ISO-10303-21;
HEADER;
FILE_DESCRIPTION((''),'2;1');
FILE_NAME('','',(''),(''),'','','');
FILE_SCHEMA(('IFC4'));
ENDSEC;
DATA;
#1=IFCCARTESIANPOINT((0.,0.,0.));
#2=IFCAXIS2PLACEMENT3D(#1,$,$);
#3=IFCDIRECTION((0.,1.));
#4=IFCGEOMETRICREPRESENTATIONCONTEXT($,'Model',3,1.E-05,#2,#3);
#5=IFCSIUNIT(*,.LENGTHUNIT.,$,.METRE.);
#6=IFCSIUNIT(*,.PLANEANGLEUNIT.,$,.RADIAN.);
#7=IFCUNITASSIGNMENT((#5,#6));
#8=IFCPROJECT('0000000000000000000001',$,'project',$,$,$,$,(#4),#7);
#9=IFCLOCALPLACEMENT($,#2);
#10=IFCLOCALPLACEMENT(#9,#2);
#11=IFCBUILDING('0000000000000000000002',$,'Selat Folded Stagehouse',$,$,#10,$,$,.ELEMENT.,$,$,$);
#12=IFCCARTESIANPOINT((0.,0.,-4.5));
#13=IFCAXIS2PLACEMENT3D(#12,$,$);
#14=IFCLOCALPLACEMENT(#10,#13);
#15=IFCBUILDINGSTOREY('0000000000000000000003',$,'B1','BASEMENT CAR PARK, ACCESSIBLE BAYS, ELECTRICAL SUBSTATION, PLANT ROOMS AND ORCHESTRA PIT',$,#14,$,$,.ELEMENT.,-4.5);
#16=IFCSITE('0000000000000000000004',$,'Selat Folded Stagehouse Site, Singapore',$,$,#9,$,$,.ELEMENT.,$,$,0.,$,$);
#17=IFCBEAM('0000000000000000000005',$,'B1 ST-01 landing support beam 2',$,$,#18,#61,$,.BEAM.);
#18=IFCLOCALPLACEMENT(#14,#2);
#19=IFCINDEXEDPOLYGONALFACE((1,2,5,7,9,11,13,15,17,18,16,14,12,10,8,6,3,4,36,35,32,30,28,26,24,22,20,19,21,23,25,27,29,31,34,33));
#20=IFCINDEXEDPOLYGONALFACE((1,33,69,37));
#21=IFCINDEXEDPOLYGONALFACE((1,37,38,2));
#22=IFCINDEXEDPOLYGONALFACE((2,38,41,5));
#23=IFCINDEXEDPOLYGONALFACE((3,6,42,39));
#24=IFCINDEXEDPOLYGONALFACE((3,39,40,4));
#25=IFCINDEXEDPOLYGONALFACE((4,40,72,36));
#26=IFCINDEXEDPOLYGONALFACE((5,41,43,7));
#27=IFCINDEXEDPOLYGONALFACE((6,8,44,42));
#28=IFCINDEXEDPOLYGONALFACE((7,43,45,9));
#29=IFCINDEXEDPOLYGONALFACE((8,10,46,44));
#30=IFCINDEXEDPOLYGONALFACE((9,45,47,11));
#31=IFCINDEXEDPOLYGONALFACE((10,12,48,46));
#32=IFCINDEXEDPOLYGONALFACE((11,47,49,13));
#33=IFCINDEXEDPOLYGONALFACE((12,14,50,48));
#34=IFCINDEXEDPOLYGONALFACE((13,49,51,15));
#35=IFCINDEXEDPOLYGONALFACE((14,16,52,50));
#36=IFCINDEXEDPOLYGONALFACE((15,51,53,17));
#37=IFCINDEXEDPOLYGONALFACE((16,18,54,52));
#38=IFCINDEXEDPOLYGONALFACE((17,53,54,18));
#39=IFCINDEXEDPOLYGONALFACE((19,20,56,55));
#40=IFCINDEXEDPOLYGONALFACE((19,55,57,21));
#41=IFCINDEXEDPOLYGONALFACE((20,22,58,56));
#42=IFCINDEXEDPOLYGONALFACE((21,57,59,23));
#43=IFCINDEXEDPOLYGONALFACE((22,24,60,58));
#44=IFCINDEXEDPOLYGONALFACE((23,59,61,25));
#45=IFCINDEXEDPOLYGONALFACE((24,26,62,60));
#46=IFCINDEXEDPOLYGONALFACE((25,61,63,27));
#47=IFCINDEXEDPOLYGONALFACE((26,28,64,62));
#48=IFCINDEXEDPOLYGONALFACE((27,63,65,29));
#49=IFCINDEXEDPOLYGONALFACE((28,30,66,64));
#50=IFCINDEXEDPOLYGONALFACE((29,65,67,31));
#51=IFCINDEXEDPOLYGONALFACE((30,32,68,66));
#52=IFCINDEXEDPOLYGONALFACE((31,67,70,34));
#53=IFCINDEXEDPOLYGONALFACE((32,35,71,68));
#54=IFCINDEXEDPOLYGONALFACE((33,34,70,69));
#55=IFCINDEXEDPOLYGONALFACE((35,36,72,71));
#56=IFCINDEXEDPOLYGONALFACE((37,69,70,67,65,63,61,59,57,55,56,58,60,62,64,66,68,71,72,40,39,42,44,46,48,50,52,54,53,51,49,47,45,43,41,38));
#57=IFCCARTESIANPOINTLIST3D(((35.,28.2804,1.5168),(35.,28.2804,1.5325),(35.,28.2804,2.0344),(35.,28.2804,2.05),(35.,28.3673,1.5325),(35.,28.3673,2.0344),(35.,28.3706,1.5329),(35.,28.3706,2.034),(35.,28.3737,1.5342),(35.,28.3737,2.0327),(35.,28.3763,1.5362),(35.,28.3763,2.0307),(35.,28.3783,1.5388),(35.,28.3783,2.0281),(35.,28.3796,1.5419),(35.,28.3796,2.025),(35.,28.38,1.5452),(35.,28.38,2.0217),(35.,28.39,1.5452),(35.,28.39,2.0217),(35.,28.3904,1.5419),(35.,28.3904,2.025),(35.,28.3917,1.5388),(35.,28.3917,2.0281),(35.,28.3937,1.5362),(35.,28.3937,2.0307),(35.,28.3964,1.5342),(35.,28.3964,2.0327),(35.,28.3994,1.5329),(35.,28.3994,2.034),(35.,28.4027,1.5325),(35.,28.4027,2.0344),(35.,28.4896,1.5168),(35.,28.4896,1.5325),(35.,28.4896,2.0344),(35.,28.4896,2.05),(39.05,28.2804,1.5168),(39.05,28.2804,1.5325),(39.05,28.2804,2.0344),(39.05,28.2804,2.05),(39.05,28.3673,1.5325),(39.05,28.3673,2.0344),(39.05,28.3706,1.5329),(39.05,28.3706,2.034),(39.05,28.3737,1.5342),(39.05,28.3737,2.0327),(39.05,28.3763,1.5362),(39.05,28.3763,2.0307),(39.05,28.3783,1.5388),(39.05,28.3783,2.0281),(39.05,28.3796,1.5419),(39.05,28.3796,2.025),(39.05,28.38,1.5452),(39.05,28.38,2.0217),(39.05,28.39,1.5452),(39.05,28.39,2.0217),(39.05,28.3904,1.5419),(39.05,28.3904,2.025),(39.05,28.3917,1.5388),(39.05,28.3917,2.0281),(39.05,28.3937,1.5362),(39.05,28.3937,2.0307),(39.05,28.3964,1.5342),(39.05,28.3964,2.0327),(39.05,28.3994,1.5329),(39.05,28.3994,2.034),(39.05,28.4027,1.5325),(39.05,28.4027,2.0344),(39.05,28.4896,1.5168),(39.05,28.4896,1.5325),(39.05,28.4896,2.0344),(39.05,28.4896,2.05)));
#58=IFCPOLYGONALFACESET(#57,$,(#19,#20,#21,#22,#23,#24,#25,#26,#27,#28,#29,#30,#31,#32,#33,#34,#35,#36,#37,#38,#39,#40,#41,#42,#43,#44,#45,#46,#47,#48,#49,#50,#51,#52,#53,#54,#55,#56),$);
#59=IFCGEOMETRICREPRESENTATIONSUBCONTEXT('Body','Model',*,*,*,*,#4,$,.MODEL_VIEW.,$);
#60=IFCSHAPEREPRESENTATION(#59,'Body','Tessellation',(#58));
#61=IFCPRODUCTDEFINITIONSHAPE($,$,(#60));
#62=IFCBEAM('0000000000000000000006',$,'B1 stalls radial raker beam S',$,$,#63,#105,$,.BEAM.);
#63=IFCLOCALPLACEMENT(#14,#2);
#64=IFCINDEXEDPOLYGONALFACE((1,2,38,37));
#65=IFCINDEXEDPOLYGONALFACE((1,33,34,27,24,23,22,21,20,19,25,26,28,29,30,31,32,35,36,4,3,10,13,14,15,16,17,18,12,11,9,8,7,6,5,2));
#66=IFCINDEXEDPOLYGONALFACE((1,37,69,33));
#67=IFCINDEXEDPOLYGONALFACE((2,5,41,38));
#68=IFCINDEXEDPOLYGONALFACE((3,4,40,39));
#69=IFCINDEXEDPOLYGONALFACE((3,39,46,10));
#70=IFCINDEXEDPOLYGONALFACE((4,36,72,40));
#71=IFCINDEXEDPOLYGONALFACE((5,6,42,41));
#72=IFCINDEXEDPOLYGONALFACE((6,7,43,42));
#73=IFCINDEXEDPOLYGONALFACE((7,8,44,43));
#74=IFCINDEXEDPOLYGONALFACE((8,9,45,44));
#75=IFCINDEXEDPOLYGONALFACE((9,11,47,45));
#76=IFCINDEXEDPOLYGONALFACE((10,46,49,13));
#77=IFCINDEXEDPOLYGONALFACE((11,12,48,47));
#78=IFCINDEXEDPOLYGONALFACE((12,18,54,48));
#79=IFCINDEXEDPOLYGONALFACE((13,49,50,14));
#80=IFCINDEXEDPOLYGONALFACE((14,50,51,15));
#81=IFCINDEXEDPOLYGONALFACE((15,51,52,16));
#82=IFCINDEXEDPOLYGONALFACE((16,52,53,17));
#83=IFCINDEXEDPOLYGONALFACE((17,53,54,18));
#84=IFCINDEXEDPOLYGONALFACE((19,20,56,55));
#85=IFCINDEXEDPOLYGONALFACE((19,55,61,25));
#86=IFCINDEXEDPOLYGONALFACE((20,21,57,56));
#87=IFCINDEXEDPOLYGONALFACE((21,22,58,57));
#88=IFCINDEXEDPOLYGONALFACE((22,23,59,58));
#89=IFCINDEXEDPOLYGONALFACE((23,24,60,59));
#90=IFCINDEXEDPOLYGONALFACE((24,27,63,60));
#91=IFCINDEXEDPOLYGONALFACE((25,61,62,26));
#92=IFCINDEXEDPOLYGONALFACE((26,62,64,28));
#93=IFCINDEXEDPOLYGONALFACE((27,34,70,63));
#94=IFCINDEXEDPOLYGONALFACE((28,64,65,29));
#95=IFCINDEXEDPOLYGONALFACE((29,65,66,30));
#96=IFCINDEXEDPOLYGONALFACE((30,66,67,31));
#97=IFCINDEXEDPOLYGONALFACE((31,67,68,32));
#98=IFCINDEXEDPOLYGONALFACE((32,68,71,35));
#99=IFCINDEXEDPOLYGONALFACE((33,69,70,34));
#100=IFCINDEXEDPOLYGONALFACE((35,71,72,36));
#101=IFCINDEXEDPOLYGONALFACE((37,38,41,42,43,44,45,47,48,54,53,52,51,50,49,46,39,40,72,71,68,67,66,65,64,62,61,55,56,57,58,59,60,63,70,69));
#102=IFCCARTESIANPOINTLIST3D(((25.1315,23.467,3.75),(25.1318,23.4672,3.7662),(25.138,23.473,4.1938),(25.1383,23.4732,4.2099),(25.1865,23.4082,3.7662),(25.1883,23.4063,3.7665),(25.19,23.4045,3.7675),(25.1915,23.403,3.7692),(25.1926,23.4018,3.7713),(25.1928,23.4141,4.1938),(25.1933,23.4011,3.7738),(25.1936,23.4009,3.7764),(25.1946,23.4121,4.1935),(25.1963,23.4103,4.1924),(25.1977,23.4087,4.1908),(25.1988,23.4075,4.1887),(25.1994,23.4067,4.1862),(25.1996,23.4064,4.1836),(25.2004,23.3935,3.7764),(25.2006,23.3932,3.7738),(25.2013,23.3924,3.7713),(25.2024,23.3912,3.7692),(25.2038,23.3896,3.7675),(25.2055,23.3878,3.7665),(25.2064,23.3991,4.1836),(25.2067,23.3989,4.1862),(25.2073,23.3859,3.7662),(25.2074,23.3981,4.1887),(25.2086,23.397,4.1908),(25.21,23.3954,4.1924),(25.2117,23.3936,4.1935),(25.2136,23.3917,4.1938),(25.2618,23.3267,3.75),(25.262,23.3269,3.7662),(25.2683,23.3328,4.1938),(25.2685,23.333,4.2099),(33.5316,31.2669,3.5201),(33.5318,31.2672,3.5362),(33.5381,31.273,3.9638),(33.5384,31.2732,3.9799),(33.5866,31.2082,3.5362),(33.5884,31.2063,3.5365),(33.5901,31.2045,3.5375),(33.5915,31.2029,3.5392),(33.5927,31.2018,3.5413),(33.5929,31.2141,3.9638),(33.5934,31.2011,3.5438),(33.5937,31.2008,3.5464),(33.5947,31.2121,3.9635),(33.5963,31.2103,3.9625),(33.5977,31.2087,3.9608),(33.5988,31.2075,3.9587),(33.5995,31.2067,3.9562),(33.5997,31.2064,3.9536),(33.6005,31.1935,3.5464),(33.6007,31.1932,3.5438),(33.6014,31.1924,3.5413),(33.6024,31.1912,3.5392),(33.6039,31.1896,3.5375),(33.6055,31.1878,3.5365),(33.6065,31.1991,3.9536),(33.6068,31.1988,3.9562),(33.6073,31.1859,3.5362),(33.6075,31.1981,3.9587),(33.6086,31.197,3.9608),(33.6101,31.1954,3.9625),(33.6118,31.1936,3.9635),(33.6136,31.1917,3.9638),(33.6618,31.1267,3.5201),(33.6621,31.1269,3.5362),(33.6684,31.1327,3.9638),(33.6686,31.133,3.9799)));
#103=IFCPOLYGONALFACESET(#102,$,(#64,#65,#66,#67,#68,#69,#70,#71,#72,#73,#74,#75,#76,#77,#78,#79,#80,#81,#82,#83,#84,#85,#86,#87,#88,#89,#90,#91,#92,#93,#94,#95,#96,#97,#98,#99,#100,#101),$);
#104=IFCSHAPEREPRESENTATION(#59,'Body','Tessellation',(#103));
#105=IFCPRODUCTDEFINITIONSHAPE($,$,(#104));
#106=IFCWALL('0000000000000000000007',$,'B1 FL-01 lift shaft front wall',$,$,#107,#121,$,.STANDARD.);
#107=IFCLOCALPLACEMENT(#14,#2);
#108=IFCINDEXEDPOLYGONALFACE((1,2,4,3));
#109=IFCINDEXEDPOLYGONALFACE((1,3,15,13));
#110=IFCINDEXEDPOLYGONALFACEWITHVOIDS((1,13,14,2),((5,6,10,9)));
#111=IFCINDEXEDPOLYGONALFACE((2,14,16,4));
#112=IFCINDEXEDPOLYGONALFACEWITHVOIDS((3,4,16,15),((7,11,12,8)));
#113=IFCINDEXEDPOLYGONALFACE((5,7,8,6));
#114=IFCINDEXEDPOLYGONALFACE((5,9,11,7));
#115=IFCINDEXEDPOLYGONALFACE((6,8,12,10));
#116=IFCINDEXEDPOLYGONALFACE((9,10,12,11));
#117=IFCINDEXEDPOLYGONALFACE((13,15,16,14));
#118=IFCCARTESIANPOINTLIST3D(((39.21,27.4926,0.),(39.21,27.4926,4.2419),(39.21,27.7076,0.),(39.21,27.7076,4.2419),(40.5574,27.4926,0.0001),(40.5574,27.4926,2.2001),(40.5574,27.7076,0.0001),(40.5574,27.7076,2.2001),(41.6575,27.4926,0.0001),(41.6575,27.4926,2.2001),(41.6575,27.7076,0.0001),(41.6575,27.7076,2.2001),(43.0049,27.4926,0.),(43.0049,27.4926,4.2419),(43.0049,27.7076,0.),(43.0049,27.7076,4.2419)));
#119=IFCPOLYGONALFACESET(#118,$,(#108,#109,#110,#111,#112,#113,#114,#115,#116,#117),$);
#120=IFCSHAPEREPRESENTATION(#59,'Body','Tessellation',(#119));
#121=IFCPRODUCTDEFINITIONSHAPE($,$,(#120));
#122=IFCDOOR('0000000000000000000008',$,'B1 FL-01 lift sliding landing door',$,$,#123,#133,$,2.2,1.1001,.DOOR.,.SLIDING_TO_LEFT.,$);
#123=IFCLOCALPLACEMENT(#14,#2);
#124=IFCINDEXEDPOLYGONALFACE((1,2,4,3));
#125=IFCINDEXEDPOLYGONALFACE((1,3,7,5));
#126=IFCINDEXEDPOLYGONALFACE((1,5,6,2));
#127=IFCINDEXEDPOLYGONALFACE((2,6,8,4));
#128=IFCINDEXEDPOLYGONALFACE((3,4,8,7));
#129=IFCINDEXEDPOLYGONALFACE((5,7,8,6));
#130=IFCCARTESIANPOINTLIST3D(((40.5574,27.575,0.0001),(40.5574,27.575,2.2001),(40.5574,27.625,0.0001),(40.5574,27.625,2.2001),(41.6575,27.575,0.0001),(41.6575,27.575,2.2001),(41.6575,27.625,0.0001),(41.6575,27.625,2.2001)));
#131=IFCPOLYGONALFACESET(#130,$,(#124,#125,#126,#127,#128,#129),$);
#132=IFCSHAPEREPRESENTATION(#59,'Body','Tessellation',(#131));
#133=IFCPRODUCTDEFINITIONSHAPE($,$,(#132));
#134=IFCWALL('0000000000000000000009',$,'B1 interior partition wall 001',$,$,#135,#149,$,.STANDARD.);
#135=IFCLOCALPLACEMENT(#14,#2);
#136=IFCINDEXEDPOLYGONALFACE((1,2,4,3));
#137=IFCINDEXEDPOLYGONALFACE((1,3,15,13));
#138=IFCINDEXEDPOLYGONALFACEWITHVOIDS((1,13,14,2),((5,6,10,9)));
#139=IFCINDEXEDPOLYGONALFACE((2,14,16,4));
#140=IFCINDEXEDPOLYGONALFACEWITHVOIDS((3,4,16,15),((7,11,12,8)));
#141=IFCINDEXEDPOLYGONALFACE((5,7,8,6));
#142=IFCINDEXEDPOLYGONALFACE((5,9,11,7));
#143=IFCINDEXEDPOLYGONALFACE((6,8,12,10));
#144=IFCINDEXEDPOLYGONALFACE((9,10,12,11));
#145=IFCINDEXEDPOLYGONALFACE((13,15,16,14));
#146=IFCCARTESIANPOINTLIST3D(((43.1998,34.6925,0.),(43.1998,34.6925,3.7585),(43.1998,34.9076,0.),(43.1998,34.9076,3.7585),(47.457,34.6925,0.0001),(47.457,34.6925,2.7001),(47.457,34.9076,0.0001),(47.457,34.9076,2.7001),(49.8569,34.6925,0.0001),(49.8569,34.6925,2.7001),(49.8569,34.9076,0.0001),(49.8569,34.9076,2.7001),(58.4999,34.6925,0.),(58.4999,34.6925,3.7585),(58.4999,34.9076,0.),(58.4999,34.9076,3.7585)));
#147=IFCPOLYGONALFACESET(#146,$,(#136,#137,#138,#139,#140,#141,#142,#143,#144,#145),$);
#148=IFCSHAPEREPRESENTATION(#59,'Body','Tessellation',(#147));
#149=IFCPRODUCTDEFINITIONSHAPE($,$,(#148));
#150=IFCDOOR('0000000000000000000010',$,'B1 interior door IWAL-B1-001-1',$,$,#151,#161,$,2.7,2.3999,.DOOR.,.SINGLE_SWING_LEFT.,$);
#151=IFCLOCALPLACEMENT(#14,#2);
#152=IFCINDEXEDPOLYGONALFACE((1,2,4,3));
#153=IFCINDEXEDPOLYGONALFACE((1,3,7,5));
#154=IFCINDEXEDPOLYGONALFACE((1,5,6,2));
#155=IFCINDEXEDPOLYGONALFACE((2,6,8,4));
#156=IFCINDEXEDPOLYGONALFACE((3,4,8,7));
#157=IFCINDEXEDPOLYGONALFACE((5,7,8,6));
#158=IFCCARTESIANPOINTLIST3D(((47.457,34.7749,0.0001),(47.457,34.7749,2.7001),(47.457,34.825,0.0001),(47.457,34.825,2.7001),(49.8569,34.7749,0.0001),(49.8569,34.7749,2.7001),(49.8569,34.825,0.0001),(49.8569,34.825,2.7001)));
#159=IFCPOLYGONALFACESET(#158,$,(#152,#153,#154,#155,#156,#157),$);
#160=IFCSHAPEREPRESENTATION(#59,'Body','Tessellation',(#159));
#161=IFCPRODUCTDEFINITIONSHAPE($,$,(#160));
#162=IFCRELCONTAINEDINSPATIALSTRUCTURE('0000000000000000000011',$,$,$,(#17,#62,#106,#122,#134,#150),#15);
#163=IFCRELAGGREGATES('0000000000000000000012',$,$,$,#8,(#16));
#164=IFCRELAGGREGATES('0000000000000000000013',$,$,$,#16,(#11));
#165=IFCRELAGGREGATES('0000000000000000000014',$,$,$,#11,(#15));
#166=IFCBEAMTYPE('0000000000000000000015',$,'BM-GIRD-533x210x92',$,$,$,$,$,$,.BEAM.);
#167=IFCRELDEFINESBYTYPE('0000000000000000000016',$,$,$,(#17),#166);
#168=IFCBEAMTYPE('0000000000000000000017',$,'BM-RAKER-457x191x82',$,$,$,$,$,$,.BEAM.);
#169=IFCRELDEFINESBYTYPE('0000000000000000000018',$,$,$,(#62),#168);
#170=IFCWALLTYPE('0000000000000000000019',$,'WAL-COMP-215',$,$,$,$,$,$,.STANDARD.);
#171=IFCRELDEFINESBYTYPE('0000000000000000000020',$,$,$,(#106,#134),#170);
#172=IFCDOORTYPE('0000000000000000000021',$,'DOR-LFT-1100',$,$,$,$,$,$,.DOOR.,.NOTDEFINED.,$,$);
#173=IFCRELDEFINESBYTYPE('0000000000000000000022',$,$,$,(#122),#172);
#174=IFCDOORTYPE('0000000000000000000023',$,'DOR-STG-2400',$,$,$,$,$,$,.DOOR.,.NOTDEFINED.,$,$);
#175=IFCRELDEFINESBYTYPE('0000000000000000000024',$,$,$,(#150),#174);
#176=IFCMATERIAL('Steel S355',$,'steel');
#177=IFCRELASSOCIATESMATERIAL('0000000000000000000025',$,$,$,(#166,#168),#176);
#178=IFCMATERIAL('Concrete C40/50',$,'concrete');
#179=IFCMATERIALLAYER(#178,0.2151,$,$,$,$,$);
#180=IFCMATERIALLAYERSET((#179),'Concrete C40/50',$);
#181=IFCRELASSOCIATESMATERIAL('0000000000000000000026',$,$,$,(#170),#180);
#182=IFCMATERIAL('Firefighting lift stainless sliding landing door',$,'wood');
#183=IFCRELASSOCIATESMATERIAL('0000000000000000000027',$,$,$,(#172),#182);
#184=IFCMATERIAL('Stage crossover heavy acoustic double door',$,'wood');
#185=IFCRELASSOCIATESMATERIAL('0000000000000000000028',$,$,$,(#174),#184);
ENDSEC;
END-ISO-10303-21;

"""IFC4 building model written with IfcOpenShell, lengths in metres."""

from ifc_helpers import new_model, si_unit, direction, frame, frame_2d, origin, origin_2d, place, context, subcontext, project, spatial, rectangle, i_section, extrude, material, layer, layer_set, material_profile, profile_set, type_object, element, fill, save


model = new_model("IFC4")

# Units and contexts
model_context = context("Model", 3, precision=1e-05, world=origin(), true_north=direction((0.0, 1.0)))
body_context = subcontext(model_context, "Body", "Model", "MODEL_VIEW")
ifc_project = project(units=[si_unit("LENGTHUNIT", "METRE"), si_unit("PLANEANGLEUNIT", "RADIAN")], contexts=[model_context])

# Site, building, storey
site_placement = place(None, origin())
site = spatial("IfcSite", under=ifc_project, at=site_placement, Name="Selat Folded Stagehouse Site, Singapore", CompositionType="ELEMENT", RefElevation=0.0)
building_placement = place(site_placement, origin())
building = spatial("IfcBuilding", under=site, at=building_placement, Name="Selat Folded Stagehouse", CompositionType="ELEMENT")
storey_placement = place(building_placement, frame((0.0, 0.0, -4.5)))
storey = spatial("IfcBuildingStorey", under=building, at=storey_placement, Name="B1", Description="BASEMENT CAR PARK, ACCESSIBLE BAYS, ELECTRICAL SUBSTATION, PLANT ROOMS AND ORCHESTRA PIT", CompositionType="ELEMENT", Elevation=-4.5)

# Shared definitions
ifc_material_1 = material(Name="Concrete C40/50", Category="concrete")

# Shared definitions
ifc_material_2 = material(Name="Steel S355", Category="steel")

# Beams
ifc_material_profile_1 = material_profile(ifc_material_2, i_section(OverallWidth=0.2092, OverallDepth=0.5332, WebThickness=0.01, FlangeThickness=0.0156, FilletRadius=0.0127, at=origin_2d()), Name="UKB 533x210x92")
ifc_profile_set_1 = profile_set([ifc_material_profile_1], Name="Steel S355")
beam_type_1 = type_object("IfcBeamType", Name="BM-GIRD-533x210x92", PredefinedType="BEAM", material=ifc_profile_set_1)
beam_1_placement = place(storey_placement, frame((35.0, 28.385, 1.7834), z_axis=(1.0, 0.0, 0.0), x_axis=(0.0, 1.0, 0.0)))
element("IfcBeam", 1, at=beam_1_placement, inside=storey, type_object=beam_type_1, Name="B1 ST-01 landing support beam 2", PredefinedType="BEAM", context=body_context, shape_type="SweptSolid", body=[
    extrude(i_section(OverallWidth=0.2092, OverallDepth=0.5332, WebThickness=0.01, FlangeThickness=0.0156, FilletRadius=0.0127, at=origin_2d()), origin(), (0.0, 0.0, 1.0), 4.05),
])
ifc_material_profile_2 = material_profile(ifc_material_2, i_section(OverallWidth=0.1914, OverallDepth=0.46, WebThickness=0.01, FlangeThickness=0.0161, FilletRadius=0.0103, at=origin_2d()), Name="UKB 457x191x82")
ifc_profile_set_2 = profile_set([ifc_material_profile_2], Name="Steel S355")
beam_type_2 = type_object("IfcBeamType", Name="BM-RAKER-457x191x82", PredefinedType="BEAM", material=ifc_profile_set_2)
beam_2_placement = place(storey_placement, frame((33.6001, 31.2, 3.75), z_axis=(-0.73265, -0.68031, 0.020059), x_axis=(0.680447, -0.732797, 0.0)))
element("IfcBeam", 2, at=beam_2_placement, inside=storey, type_object=beam_type_2, Name="B1 stalls radial raker beam S", PredefinedType="BEAM", context=body_context, shape_type="SweptSolid", body=[
    extrude(i_section(OverallWidth=0.1914, OverallDepth=0.46, WebThickness=0.01, FlangeThickness=0.0161, FilletRadius=0.0103, at=origin_2d()), origin(), (0.0, 0.0, 1.0), 11.4653),
])

# Walls, openings, doors
ifc_layer_1 = layer(ifc_material_1, 0.2151)
ifc_layer_set_1 = layer_set([ifc_layer_1], Name="Concrete C40/50")
wall_type_1 = type_object("IfcWallType", Name="WAL-COMP-215", PredefinedType="STANDARD", material=ifc_layer_set_1)
wall_1_placement = place(storey_placement, frame((39.21, 27.6001, 0.0), z_axis=(0.0, 0.0, 1.0), x_axis=(1.0, 0.0, 0.0)))
wall_1 = element("IfcWall", 3, at=wall_1_placement, inside=storey, type_object=wall_type_1, Name="B1 FL-01 lift shaft front wall", PredefinedType="STANDARD", context=body_context, shape_type="SweptSolid", body=[
    extrude(rectangle(XDim=3.7949, YDim=0.2151, at=frame_2d((1.8975, 0.0))), origin(), (0.0, 0.0, 1.0), 4.2419),
])
opening_1_placement = place(wall_1_placement, frame((1.3474, 0.0, 0.0)))
opening_1 = element("IfcOpeningElement", 4, at=opening_1_placement, cuts=wall_1, PredefinedType="OPENING", context=body_context, shape_type="SweptSolid", body=[
    extrude(rectangle(XDim=1.1001, YDim=2.2, at=frame_2d((0.55, 1.1001))), frame((0.0, 0.1174, 0.0), z_axis=(0.0, -1.0, 0.0), x_axis=(1.0, 0.0, 0.0)), (0.0, 0.0, 1.0), 0.2351),
])
ifc_material_3 = material(Name="Firefighting lift stainless sliding landing door", Category="wood")
door_type_1 = type_object("IfcDoorType", Name="DOR-LFT-1100", OperationType="NOTDEFINED", PredefinedType="DOOR", material=ifc_material_3)
door_1_placement = place(opening_1_placement, origin())
door_1 = element("IfcDoor", 5, at=door_1_placement, inside=storey, type_object=door_type_1, Name="B1 FL-01 lift sliding landing door", OperationType="SLIDING_TO_LEFT", OverallHeight=2.2, OverallWidth=1.1001, PredefinedType="DOOR", context=body_context, shape_type="SweptSolid", body=[
    extrude(rectangle(XDim=1.1001, YDim=2.2, at=frame_2d((0.55, 1.1001))), frame((0.0, 0.0249, 0.0), z_axis=(0.0, -1.0, 0.0), x_axis=(1.0, 0.0, 0.0)), (0.0, 0.0, 1.0), 0.05),
])
fill(opening_1, door_1)
wall_2_placement = place(storey_placement, frame((43.2, 34.8, 0.0), z_axis=(0.0, 0.0, 1.0), x_axis=(1.0, 0.0, 0.0)))
wall_2 = element("IfcWall", 6, at=wall_2_placement, inside=storey, type_object=wall_type_1, Name="B1 interior partition wall 001", PredefinedType="STANDARD", context=body_context, shape_type="SweptSolid", body=[
    extrude(rectangle(XDim=15.3, YDim=0.2151, at=frame_2d((7.6499, 0.0))), origin(), (0.0, 0.0, 1.0), 3.7585),
])
opening_2_placement = place(wall_2_placement, frame((4.2571, 0.0, 0.0)))
opening_2 = element("IfcOpeningElement", 7, at=opening_2_placement, cuts=wall_2, PredefinedType="OPENING", context=body_context, shape_type="SweptSolid", body=[
    extrude(rectangle(XDim=2.3999, YDim=2.7, at=frame_2d((1.2, 1.3501))), frame((0.0, 0.1174, 0.0), z_axis=(0.0, -1.0, 0.0), x_axis=(1.0, 0.0, 0.0)), (0.0, 0.0, 1.0), 0.2351),
])
ifc_material_4 = material(Name="Stage crossover heavy acoustic double door", Category="wood")
door_type_2 = type_object("IfcDoorType", Name="DOR-STG-2400", OperationType="NOTDEFINED", PredefinedType="DOOR", material=ifc_material_4)
door_2_placement = place(opening_2_placement, origin())
door_2 = element("IfcDoor", 8, at=door_2_placement, inside=storey, type_object=door_type_2, Name="B1 interior door IWAL-B1-001-1", OperationType="SINGLE_SWING_LEFT", OverallHeight=2.7, OverallWidth=2.3999, PredefinedType="DOOR", context=body_context, shape_type="SweptSolid", body=[
    extrude(rectangle(XDim=2.3999, YDim=2.7, at=frame_2d((1.2, 1.3501))), frame((0.0, 0.0249, 0.0), z_axis=(0.0, -1.0, 0.0), x_axis=(1.0, 0.0, 0.0)), (0.0, 0.0, 1.0), 0.05),
])
fill(opening_2, door_2)

save(model, "model.ifc")
